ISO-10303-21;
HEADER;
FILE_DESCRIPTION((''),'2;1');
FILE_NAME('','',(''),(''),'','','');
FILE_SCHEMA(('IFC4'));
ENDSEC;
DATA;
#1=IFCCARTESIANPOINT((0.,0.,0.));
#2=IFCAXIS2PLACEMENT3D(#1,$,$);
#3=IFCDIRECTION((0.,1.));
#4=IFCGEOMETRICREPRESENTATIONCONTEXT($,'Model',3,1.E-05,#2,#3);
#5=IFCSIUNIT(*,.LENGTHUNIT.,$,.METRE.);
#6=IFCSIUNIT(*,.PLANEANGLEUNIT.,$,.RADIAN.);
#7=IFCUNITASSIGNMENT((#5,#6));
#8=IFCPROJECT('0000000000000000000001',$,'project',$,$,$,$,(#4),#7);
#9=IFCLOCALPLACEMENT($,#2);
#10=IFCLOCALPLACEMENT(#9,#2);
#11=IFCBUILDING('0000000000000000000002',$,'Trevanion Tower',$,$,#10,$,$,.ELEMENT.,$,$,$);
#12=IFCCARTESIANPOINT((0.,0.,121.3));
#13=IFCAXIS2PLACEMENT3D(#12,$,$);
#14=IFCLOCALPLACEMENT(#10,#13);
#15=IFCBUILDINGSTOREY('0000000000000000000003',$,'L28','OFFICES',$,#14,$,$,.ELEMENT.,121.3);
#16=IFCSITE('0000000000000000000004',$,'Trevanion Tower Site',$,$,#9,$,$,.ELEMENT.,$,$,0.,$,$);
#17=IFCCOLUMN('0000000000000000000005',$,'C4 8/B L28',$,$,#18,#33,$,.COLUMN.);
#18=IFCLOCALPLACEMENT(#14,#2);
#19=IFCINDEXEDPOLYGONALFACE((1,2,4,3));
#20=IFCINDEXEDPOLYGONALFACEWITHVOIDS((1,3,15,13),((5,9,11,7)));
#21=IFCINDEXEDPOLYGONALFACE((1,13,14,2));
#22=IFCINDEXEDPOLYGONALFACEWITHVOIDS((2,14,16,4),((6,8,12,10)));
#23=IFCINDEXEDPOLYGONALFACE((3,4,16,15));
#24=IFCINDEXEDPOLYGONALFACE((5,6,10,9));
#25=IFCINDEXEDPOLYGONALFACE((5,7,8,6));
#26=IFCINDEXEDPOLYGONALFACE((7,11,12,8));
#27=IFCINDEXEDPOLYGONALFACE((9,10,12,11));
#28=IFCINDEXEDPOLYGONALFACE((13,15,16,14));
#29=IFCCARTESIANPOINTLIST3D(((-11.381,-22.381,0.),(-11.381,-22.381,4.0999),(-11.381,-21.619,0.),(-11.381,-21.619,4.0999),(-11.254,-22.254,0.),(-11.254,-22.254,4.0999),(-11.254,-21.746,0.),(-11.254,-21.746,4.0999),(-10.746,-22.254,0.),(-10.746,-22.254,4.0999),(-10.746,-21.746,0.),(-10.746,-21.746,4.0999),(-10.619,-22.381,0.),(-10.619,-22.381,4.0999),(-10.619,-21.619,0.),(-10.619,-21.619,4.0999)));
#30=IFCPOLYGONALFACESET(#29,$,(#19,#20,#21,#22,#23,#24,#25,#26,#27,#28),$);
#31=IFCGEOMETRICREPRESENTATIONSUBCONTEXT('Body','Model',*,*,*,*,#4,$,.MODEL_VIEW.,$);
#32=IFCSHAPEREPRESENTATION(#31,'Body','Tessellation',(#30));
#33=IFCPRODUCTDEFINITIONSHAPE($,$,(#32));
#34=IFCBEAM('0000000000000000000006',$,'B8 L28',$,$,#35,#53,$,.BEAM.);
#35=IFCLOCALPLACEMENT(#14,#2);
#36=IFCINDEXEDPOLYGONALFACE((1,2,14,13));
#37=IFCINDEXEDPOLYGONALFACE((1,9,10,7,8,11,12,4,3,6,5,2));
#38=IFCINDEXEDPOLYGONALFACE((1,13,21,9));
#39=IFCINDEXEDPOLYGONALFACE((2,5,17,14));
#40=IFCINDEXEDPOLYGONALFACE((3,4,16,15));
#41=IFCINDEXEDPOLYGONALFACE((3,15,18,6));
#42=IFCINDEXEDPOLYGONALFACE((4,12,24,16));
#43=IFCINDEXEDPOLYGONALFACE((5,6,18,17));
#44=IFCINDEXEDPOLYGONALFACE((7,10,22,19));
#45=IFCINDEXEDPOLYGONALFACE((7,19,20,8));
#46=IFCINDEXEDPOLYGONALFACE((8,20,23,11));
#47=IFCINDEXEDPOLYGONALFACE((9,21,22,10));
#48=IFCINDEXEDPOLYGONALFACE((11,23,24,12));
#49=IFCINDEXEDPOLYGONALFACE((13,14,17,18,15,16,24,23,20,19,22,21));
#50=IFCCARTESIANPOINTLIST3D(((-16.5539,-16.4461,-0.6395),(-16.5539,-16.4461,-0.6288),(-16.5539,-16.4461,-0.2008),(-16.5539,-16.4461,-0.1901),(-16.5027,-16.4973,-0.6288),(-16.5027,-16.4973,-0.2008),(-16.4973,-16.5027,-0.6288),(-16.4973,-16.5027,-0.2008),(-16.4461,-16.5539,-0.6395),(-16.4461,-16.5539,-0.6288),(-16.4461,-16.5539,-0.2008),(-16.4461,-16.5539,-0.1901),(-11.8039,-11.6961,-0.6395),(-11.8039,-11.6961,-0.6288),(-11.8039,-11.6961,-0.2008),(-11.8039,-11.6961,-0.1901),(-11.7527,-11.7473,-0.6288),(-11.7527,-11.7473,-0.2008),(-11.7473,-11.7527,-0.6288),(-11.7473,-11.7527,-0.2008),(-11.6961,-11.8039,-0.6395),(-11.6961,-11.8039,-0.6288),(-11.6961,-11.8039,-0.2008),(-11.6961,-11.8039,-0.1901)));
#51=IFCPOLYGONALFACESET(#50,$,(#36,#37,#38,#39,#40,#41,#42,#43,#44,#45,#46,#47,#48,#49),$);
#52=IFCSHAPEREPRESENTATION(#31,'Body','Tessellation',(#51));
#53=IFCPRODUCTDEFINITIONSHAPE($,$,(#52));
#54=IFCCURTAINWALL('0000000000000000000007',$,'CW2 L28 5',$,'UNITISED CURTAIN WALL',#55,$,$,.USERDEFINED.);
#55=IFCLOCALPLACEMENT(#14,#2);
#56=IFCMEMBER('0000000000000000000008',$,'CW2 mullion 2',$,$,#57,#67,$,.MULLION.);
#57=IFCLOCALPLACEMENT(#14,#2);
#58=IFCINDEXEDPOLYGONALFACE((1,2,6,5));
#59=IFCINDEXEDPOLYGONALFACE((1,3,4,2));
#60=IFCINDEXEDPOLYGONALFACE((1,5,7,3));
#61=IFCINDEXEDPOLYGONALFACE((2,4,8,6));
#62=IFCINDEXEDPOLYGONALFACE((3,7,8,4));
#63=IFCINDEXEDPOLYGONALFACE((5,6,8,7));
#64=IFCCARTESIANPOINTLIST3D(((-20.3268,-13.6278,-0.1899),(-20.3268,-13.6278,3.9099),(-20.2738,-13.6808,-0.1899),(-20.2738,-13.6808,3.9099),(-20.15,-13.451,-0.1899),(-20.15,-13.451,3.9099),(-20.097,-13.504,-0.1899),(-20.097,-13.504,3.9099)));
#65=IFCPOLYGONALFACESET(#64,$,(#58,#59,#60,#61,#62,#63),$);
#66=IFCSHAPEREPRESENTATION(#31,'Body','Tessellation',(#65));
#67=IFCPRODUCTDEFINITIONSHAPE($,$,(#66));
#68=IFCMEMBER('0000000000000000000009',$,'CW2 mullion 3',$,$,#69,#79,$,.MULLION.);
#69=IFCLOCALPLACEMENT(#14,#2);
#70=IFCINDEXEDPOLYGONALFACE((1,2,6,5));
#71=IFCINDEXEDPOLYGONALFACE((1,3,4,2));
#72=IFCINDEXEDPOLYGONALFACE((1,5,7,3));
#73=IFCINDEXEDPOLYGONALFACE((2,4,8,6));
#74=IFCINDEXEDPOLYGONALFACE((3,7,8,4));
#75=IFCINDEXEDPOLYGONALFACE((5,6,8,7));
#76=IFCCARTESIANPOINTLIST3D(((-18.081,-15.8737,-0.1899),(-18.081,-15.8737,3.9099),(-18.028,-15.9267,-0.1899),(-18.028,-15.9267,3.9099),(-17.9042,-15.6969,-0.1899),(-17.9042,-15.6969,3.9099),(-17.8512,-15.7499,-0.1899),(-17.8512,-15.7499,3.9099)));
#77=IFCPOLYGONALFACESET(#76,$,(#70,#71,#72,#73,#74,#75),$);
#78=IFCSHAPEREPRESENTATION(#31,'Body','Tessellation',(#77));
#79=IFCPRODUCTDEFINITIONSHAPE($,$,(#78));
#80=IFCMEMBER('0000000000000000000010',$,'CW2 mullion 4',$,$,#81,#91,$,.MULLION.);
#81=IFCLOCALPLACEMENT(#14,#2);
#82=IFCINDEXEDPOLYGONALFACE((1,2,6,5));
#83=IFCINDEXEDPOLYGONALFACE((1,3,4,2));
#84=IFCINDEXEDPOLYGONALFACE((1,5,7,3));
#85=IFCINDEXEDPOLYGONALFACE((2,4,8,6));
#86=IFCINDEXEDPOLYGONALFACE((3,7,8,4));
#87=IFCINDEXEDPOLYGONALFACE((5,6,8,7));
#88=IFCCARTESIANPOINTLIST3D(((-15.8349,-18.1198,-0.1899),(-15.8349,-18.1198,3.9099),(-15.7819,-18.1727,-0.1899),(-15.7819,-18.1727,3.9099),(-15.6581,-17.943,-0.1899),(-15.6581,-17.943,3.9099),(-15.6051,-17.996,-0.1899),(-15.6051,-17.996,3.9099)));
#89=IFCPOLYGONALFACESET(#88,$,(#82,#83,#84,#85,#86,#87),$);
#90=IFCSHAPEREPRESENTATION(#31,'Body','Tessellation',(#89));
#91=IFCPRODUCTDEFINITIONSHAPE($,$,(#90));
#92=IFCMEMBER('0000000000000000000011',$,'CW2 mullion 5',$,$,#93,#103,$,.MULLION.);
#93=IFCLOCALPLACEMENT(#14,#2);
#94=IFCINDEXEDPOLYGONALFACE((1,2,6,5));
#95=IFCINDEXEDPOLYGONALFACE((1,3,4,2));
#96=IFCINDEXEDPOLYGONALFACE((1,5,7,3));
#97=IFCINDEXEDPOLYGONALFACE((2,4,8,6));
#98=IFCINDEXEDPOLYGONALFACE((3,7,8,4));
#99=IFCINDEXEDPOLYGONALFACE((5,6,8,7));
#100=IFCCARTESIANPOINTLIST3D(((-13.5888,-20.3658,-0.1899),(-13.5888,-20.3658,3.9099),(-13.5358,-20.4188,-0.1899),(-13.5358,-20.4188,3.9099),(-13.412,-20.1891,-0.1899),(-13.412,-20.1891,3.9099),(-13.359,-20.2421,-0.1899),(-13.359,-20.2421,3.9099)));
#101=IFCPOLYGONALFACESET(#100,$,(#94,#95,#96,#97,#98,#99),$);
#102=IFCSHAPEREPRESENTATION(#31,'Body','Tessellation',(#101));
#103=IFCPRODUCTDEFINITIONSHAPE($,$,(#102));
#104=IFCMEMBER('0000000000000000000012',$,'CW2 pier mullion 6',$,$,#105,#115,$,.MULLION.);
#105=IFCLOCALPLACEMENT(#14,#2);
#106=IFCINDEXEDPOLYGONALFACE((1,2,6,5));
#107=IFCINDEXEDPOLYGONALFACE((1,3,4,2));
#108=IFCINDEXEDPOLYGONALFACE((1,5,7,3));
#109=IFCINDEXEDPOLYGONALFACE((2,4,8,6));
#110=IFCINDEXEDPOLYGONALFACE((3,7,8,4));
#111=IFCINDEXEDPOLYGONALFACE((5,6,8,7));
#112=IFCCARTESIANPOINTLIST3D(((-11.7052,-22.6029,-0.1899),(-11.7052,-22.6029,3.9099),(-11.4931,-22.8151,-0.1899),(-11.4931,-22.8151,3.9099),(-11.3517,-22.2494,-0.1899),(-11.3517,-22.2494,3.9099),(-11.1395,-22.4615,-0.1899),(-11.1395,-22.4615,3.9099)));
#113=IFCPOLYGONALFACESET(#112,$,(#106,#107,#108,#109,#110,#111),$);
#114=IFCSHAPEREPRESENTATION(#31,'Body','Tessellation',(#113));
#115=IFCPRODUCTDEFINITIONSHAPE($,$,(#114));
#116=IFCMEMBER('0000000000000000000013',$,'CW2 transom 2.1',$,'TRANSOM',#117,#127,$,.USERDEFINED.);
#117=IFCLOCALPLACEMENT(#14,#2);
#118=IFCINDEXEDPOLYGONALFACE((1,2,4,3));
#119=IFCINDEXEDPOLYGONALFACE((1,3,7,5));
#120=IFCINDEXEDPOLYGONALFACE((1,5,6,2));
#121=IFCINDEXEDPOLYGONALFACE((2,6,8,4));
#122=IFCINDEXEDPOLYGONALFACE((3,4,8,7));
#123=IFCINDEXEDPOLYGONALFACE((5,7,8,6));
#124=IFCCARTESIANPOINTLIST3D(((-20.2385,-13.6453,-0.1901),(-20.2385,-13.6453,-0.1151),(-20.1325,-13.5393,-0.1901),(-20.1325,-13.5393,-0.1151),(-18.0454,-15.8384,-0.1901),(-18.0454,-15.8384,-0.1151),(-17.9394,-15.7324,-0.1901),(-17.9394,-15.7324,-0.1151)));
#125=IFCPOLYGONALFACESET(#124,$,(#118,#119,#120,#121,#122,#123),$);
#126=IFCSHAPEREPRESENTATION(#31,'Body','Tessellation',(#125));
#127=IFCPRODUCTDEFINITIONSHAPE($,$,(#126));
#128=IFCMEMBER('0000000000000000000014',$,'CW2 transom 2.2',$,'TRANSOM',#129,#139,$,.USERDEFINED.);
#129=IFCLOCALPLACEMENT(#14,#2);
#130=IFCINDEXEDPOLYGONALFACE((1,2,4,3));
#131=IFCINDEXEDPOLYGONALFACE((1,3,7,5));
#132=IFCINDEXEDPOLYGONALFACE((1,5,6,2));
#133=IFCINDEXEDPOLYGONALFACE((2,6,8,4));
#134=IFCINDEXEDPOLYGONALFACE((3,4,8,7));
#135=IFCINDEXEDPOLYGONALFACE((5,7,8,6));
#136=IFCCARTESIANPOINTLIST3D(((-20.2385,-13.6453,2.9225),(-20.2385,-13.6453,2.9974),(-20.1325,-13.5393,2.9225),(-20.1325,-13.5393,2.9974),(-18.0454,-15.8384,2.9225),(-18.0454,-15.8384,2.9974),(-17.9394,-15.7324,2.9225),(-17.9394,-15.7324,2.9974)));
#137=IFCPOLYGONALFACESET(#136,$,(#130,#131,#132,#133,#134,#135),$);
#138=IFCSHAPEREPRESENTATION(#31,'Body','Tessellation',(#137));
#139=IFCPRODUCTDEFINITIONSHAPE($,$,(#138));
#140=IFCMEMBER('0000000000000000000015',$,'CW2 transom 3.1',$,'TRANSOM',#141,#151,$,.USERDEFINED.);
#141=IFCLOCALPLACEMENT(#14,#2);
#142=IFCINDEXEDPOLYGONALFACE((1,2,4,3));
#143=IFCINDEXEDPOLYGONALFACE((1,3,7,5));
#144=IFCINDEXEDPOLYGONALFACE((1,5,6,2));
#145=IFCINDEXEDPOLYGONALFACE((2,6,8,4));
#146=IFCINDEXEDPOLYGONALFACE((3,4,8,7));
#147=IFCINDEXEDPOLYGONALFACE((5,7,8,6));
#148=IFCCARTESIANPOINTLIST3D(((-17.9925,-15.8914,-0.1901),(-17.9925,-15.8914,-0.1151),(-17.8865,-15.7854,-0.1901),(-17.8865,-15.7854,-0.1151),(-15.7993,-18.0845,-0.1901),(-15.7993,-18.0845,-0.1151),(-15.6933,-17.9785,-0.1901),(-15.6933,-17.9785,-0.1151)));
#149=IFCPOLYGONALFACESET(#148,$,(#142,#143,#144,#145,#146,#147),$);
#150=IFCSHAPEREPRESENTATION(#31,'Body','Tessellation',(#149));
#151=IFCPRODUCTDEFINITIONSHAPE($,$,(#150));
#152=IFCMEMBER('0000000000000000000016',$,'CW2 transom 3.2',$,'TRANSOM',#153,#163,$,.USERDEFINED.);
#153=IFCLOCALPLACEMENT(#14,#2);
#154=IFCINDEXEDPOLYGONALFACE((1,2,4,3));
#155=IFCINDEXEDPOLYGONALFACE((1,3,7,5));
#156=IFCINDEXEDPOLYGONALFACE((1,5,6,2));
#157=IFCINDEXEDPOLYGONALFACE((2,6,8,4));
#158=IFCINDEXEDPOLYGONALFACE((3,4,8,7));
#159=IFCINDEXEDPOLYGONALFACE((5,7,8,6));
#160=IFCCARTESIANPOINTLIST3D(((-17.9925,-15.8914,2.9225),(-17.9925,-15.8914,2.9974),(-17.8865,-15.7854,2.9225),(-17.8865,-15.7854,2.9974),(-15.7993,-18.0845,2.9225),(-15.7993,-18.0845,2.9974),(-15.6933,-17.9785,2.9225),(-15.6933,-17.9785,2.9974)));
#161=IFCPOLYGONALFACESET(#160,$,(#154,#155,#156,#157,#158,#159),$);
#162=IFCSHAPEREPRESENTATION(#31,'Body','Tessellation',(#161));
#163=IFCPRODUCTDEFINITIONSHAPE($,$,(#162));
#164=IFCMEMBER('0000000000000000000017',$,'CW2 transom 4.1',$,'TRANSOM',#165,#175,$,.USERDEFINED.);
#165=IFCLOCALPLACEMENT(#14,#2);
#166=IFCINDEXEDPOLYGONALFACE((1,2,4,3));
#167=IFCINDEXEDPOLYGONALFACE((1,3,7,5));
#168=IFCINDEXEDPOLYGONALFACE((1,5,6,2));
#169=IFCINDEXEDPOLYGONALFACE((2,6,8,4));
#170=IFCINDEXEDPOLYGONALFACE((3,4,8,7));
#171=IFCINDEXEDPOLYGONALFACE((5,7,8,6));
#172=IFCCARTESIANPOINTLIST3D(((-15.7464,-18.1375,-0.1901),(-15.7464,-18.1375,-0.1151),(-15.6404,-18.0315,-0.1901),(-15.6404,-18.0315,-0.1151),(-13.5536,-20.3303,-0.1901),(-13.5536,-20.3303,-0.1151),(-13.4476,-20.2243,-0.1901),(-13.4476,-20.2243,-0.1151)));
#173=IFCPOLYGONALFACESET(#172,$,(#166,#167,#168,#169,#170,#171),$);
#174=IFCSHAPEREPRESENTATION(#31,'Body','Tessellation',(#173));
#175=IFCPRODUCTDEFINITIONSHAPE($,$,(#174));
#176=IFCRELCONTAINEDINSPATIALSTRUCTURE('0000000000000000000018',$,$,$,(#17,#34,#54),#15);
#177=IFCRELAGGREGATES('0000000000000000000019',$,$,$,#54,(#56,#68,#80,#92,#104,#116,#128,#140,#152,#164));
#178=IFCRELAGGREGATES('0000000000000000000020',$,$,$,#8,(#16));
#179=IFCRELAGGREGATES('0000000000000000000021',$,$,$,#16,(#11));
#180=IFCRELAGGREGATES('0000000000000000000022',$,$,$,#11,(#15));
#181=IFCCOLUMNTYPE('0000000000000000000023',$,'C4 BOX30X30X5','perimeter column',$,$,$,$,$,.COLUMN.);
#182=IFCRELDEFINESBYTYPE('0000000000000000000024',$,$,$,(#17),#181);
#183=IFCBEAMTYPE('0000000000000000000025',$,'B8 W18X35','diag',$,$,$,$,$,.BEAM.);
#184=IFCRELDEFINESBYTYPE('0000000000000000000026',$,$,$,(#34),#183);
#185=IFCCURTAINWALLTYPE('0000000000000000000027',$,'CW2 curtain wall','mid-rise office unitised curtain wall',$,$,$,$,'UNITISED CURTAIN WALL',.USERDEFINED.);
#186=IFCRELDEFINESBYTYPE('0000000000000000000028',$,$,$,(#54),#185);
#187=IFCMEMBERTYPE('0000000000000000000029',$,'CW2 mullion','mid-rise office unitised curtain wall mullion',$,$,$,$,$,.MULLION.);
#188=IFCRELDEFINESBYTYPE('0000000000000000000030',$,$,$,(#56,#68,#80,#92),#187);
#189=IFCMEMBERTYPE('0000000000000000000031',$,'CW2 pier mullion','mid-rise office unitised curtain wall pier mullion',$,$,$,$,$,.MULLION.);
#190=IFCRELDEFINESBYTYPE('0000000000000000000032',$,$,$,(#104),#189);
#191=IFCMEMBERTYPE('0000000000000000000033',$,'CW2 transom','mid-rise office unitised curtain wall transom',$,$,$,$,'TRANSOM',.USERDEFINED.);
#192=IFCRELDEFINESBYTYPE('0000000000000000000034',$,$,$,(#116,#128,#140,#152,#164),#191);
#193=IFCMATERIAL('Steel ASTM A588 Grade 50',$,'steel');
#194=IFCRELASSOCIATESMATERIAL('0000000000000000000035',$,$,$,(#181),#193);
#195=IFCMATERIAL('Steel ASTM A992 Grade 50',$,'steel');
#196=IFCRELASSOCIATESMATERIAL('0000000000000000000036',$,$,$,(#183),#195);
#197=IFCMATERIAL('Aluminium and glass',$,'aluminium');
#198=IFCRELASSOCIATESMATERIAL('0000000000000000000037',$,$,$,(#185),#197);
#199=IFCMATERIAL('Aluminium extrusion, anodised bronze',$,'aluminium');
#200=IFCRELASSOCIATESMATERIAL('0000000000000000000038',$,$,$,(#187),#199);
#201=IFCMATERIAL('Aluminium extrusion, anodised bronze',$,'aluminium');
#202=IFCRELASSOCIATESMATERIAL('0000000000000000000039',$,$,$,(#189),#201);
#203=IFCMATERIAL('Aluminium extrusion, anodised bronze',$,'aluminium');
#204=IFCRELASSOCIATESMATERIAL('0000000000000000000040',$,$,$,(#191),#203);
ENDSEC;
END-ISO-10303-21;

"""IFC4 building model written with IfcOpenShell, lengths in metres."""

from ifc_helpers import new_model, si_unit, direction, frame, origin, origin_2d, place, context, subcontext, project, spatial, rectangle, hollow_rectangle, i_section, extrude, material, material_profile, profile_set, type_object, element, aggregate, save


model = new_model("IFC4")

# Units and contexts
model_context = context("Model", 3, precision=1e-05, world=origin(), true_north=direction((0.0, 1.0)))
body_context = subcontext(model_context, "Body", "Model", "MODEL_VIEW")
ifc_project = project(units=[si_unit("LENGTHUNIT", "METRE"), si_unit("PLANEANGLEUNIT", "RADIAN")], contexts=[model_context])

# Site, building, storey
site_placement = place(None, origin())
site = spatial("IfcSite", under=ifc_project, at=site_placement, Name="Trevanion Tower Site", CompositionType="ELEMENT", RefElevation=0.0)
building_placement = place(site_placement, origin())
building = spatial("IfcBuilding", under=site, at=building_placement, Name="Trevanion Tower", CompositionType="ELEMENT")
storey_placement = place(building_placement, frame((0.0, 0.0, 121.3)))
storey = spatial("IfcBuildingStorey", under=building, at=storey_placement, Name="L28", Description="OFFICES", CompositionType="ELEMENT", Elevation=121.3)

# Column
ifc_material_1 = material(Name="Steel ASTM A588 Grade 50", Category="steel")
ifc_material_profile_1 = material_profile(ifc_material_1, hollow_rectangle(XDim=0.762, YDim=0.762, WallThickness=0.127, at=origin_2d()), Name="BOX30X30X5")
ifc_profile_set_1 = profile_set([ifc_material_profile_1], Name="Steel ASTM A588 Grade 50")
column_type = type_object("IfcColumnType", Name="C4 BOX30X30X5", Description="perimeter column", PredefinedType="COLUMN", material=ifc_profile_set_1)
column_placement = place(storey_placement, frame((-11.0, -22.0, 0.0), z_axis=(0.0, 0.0, 1.0), x_axis=(1.0, 0.0, 0.0)))
element("IfcColumn", 1, at=column_placement, inside=storey, type_object=column_type, Name="C4 8/B L28", PredefinedType="COLUMN", context=body_context, shape_type="SweptSolid", body=[
    extrude(hollow_rectangle(XDim=0.762, YDim=0.762, WallThickness=0.127, at=origin_2d()), origin(), (0.0, 0.0, 1.0), 4.0999),
])

# Beam
ifc_material_2 = material(Name="Steel ASTM A992 Grade 50", Category="steel")
ifc_material_profile_2 = material_profile(ifc_material_2, i_section(OverallWidth=0.1523, OverallDepth=0.4495, WebThickness=0.0076, FlangeThickness=0.0107, at=origin_2d()), Name="W18X35")
ifc_profile_set_2 = profile_set([ifc_material_profile_2], Name="Steel ASTM A992 Grade 50")
beam_type_1 = type_object("IfcBeamType", Name="B8 W18X35", Description="diag", PredefinedType="BEAM", material=ifc_profile_set_2)
beam_1_placement = place(storey_placement, frame((-11.75, -11.75, -0.4148), z_axis=(-0.707107, -0.707107, 0.0), x_axis=(0.707107, -0.707107, 0.0)))
element("IfcBeam", 2, at=beam_1_placement, inside=storey, type_object=beam_type_1, Name="B8 L28", PredefinedType="BEAM", context=body_context, shape_type="SweptSolid", body=[
    extrude(i_section(OverallWidth=0.1523, OverallDepth=0.4495, WebThickness=0.0076, FlangeThickness=0.0107, at=origin_2d()), origin(), (0.0, 0.0, 1.0), 6.7175),
])

# Curtain wall, members
ifc_material_3 = material(Name="Aluminium and glass", Category="aluminium")
curtain_wall_type = type_object("IfcCurtainWallType", Name="CW2 curtain wall", Description="mid-rise office unitised curtain wall", ElementType="UNITISED CURTAIN WALL", PredefinedType="USERDEFINED", material=ifc_material_3)
curtain_wall_placement = place(storey_placement, origin())
curtain_wall = element("IfcCurtainWall", 3, at=curtain_wall_placement, inside=storey, type_object=curtain_wall_type, Name="CW2 L28 5", ObjectType="UNITISED CURTAIN WALL", PredefinedType="USERDEFINED")
ifc_material_4 = material(Name="Aluminium extrusion, anodised bronze", Category="aluminium")
ifc_material_profile_3 = material_profile(ifc_material_4, rectangle(XDim=0.075, YDim=0.25, at=origin_2d()), Name="CW2 mullion")
ifc_profile_set_3 = profile_set([ifc_material_profile_3], Name="Aluminium extrusion, anodised bronze")
member_type_1 = type_object("IfcMemberType", Name="CW2 mullion", Description="mid-rise office unitised curtain wall mullion", PredefinedType="MULLION", material=ifc_profile_set_3)
member_1_placement = place(storey_placement, frame((-20.2119, -13.5659, -0.1899), z_axis=(0.0, 0.0, 1.0), x_axis=(0.707107, -0.707107, 0.0)))
member_1 = element("IfcMember", 4, at=member_1_placement, type_object=member_type_1, Name="CW2 mullion 2", PredefinedType="MULLION", context=body_context, shape_type="SweptSolid", body=[
    extrude(rectangle(XDim=0.075, YDim=0.25, at=origin_2d()), origin(), (0.0, 0.0, 1.0), 4.0999),
])
member_2_placement = place(storey_placement, frame((-17.9661, -15.8118, -0.1899), z_axis=(0.0, 0.0, 1.0), x_axis=(0.707107, -0.707107, 0.0)))
member_2 = element("IfcMember", 5, at=member_2_placement, type_object=member_type_1, Name="CW2 mullion 3", PredefinedType="MULLION", context=body_context, shape_type="SweptSolid", body=[
    extrude(rectangle(XDim=0.075, YDim=0.25, at=origin_2d()), origin(), (0.0, 0.0, 1.0), 4.0999),
])
member_3_placement = place(storey_placement, frame((-15.72, -18.0579, -0.1899), z_axis=(0.0, 0.0, 1.0), x_axis=(0.707107, -0.707107, 0.0)))
member_3 = element("IfcMember", 6, at=member_3_placement, type_object=member_type_1, Name="CW2 mullion 4", PredefinedType="MULLION", context=body_context, shape_type="SweptSolid", body=[
    extrude(rectangle(XDim=0.075, YDim=0.25, at=origin_2d()), origin(), (0.0, 0.0, 1.0), 4.0999),
])
member_4_placement = place(storey_placement, frame((-13.4739, -20.304, -0.1899), z_axis=(0.0, 0.0, 1.0), x_axis=(0.707107, -0.707107, 0.0)))
member_4 = element("IfcMember", 7, at=member_4_placement, type_object=member_type_1, Name="CW2 mullion 5", PredefinedType="MULLION", context=body_context, shape_type="SweptSolid", body=[
    extrude(rectangle(XDim=0.075, YDim=0.25, at=origin_2d()), origin(), (0.0, 0.0, 1.0), 4.0999),
])
ifc_material_5 = material(Name="Aluminium extrusion, anodised bronze", Category="aluminium")
ifc_material_profile_4 = material_profile(ifc_material_5, rectangle(XDim=0.3, YDim=0.5, at=origin_2d()), Name="CW2 pier mullion")
ifc_profile_set_4 = profile_set([ifc_material_profile_4], Name="Aluminium extrusion, anodised bronze")
member_type_2 = type_object("IfcMemberType", Name="CW2 pier mullion", Description="mid-rise office unitised curtain wall pier mullion", PredefinedType="MULLION", material=ifc_profile_set_4)
member_5_placement = place(storey_placement, frame((-11.4224, -22.5322, -0.1899), z_axis=(0.0, 0.0, 1.0), x_axis=(0.707107, -0.707107, 0.0)))
member_5 = element("IfcMember", 8, at=member_5_placement, type_object=member_type_2, Name="CW2 pier mullion 6", PredefinedType="MULLION", context=body_context, shape_type="SweptSolid", body=[
    extrude(rectangle(XDim=0.3, YDim=0.5, at=origin_2d()), origin(), (0.0, 0.0, 1.0), 4.0999),
])
ifc_material_6 = material(Name="Aluminium extrusion, anodised bronze", Category="aluminium")
ifc_material_profile_5 = material_profile(ifc_material_6, rectangle(XDim=0.1499, YDim=0.075, at=origin_2d()), Name="CW2 transom")
ifc_profile_set_5 = profile_set([ifc_material_profile_5], Name="Aluminium extrusion, anodised bronze")
member_type_3 = type_object("IfcMemberType", Name="CW2 transom", Description="mid-rise office unitised curtain wall transom", ElementType="TRANSOM", PredefinedType="USERDEFINED", material=ifc_profile_set_5)
member_6_placement = place(storey_placement, frame((-20.1855, -13.5923, -0.1526), z_axis=(0.707107, -0.707107, 0.0), x_axis=(0.707107, 0.707107, 0.0)))
member_6 = element("IfcMember", 9, at=member_6_placement, type_object=member_type_3, Name="CW2 transom 2.1", ObjectType="TRANSOM", PredefinedType="USERDEFINED", context=body_context, shape_type="SweptSolid", body=[
    extrude(rectangle(XDim=0.1499, YDim=0.075, at=origin_2d()), origin(), (0.0, 0.0, 1.0), 3.1016),
])
member_7_placement = place(storey_placement, frame((-20.1855, -13.5923, 2.96), z_axis=(0.707107, -0.707107, 0.0), x_axis=(0.707107, 0.707107, 0.0)))
member_7 = element("IfcMember", 10, at=member_7_placement, type_object=member_type_3, Name="CW2 transom 2.2", ObjectType="TRANSOM", PredefinedType="USERDEFINED", context=body_context, shape_type="SweptSolid", body=[
    extrude(rectangle(XDim=0.1499, YDim=0.075, at=origin_2d()), origin(), (0.0, 0.0, 1.0), 3.1016),
])
member_8_placement = place(storey_placement, frame((-17.9395, -15.8384, -0.1526), z_axis=(0.707107, -0.707107, 0.0), x_axis=(0.707107, 0.707107, 0.0)))
member_8 = element("IfcMember", 11, at=member_8_placement, type_object=member_type_3, Name="CW2 transom 3.1", ObjectType="TRANSOM", PredefinedType="USERDEFINED", context=body_context, shape_type="SweptSolid", body=[
    extrude(rectangle(XDim=0.1499, YDim=0.075, at=origin_2d()), origin(), (0.0, 0.0, 1.0), 3.1016),
])
member_9_placement = place(storey_placement, frame((-17.9395, -15.8384, 2.96), z_axis=(0.707107, -0.707107, 0.0), x_axis=(0.707107, 0.707107, 0.0)))
member_9 = element("IfcMember", 12, at=member_9_placement, type_object=member_type_3, Name="CW2 transom 3.2", ObjectType="TRANSOM", PredefinedType="USERDEFINED", context=body_context, shape_type="SweptSolid", body=[
    extrude(rectangle(XDim=0.1499, YDim=0.075, at=origin_2d()), origin(), (0.0, 0.0, 1.0), 3.1016),
])
member_10_placement = place(storey_placement, frame((-15.6934, -18.0845, -0.1526), z_axis=(0.707107, -0.707107, 0.0), x_axis=(0.707107, 0.707107, 0.0)))
member_10 = element("IfcMember", 13, at=member_10_placement, type_object=member_type_3, Name="CW2 transom 4.1", ObjectType="TRANSOM", PredefinedType="USERDEFINED", context=body_context, shape_type="SweptSolid", body=[
    extrude(rectangle(XDim=0.1499, YDim=0.075, at=origin_2d()), origin(), (0.0, 0.0, 1.0), 3.1011),
])

aggregate(curtain_wall, [member_1, member_2, member_3, member_4, member_5, member_6, member_7, member_8, member_9, member_10])

save(model, "model.ifc")
